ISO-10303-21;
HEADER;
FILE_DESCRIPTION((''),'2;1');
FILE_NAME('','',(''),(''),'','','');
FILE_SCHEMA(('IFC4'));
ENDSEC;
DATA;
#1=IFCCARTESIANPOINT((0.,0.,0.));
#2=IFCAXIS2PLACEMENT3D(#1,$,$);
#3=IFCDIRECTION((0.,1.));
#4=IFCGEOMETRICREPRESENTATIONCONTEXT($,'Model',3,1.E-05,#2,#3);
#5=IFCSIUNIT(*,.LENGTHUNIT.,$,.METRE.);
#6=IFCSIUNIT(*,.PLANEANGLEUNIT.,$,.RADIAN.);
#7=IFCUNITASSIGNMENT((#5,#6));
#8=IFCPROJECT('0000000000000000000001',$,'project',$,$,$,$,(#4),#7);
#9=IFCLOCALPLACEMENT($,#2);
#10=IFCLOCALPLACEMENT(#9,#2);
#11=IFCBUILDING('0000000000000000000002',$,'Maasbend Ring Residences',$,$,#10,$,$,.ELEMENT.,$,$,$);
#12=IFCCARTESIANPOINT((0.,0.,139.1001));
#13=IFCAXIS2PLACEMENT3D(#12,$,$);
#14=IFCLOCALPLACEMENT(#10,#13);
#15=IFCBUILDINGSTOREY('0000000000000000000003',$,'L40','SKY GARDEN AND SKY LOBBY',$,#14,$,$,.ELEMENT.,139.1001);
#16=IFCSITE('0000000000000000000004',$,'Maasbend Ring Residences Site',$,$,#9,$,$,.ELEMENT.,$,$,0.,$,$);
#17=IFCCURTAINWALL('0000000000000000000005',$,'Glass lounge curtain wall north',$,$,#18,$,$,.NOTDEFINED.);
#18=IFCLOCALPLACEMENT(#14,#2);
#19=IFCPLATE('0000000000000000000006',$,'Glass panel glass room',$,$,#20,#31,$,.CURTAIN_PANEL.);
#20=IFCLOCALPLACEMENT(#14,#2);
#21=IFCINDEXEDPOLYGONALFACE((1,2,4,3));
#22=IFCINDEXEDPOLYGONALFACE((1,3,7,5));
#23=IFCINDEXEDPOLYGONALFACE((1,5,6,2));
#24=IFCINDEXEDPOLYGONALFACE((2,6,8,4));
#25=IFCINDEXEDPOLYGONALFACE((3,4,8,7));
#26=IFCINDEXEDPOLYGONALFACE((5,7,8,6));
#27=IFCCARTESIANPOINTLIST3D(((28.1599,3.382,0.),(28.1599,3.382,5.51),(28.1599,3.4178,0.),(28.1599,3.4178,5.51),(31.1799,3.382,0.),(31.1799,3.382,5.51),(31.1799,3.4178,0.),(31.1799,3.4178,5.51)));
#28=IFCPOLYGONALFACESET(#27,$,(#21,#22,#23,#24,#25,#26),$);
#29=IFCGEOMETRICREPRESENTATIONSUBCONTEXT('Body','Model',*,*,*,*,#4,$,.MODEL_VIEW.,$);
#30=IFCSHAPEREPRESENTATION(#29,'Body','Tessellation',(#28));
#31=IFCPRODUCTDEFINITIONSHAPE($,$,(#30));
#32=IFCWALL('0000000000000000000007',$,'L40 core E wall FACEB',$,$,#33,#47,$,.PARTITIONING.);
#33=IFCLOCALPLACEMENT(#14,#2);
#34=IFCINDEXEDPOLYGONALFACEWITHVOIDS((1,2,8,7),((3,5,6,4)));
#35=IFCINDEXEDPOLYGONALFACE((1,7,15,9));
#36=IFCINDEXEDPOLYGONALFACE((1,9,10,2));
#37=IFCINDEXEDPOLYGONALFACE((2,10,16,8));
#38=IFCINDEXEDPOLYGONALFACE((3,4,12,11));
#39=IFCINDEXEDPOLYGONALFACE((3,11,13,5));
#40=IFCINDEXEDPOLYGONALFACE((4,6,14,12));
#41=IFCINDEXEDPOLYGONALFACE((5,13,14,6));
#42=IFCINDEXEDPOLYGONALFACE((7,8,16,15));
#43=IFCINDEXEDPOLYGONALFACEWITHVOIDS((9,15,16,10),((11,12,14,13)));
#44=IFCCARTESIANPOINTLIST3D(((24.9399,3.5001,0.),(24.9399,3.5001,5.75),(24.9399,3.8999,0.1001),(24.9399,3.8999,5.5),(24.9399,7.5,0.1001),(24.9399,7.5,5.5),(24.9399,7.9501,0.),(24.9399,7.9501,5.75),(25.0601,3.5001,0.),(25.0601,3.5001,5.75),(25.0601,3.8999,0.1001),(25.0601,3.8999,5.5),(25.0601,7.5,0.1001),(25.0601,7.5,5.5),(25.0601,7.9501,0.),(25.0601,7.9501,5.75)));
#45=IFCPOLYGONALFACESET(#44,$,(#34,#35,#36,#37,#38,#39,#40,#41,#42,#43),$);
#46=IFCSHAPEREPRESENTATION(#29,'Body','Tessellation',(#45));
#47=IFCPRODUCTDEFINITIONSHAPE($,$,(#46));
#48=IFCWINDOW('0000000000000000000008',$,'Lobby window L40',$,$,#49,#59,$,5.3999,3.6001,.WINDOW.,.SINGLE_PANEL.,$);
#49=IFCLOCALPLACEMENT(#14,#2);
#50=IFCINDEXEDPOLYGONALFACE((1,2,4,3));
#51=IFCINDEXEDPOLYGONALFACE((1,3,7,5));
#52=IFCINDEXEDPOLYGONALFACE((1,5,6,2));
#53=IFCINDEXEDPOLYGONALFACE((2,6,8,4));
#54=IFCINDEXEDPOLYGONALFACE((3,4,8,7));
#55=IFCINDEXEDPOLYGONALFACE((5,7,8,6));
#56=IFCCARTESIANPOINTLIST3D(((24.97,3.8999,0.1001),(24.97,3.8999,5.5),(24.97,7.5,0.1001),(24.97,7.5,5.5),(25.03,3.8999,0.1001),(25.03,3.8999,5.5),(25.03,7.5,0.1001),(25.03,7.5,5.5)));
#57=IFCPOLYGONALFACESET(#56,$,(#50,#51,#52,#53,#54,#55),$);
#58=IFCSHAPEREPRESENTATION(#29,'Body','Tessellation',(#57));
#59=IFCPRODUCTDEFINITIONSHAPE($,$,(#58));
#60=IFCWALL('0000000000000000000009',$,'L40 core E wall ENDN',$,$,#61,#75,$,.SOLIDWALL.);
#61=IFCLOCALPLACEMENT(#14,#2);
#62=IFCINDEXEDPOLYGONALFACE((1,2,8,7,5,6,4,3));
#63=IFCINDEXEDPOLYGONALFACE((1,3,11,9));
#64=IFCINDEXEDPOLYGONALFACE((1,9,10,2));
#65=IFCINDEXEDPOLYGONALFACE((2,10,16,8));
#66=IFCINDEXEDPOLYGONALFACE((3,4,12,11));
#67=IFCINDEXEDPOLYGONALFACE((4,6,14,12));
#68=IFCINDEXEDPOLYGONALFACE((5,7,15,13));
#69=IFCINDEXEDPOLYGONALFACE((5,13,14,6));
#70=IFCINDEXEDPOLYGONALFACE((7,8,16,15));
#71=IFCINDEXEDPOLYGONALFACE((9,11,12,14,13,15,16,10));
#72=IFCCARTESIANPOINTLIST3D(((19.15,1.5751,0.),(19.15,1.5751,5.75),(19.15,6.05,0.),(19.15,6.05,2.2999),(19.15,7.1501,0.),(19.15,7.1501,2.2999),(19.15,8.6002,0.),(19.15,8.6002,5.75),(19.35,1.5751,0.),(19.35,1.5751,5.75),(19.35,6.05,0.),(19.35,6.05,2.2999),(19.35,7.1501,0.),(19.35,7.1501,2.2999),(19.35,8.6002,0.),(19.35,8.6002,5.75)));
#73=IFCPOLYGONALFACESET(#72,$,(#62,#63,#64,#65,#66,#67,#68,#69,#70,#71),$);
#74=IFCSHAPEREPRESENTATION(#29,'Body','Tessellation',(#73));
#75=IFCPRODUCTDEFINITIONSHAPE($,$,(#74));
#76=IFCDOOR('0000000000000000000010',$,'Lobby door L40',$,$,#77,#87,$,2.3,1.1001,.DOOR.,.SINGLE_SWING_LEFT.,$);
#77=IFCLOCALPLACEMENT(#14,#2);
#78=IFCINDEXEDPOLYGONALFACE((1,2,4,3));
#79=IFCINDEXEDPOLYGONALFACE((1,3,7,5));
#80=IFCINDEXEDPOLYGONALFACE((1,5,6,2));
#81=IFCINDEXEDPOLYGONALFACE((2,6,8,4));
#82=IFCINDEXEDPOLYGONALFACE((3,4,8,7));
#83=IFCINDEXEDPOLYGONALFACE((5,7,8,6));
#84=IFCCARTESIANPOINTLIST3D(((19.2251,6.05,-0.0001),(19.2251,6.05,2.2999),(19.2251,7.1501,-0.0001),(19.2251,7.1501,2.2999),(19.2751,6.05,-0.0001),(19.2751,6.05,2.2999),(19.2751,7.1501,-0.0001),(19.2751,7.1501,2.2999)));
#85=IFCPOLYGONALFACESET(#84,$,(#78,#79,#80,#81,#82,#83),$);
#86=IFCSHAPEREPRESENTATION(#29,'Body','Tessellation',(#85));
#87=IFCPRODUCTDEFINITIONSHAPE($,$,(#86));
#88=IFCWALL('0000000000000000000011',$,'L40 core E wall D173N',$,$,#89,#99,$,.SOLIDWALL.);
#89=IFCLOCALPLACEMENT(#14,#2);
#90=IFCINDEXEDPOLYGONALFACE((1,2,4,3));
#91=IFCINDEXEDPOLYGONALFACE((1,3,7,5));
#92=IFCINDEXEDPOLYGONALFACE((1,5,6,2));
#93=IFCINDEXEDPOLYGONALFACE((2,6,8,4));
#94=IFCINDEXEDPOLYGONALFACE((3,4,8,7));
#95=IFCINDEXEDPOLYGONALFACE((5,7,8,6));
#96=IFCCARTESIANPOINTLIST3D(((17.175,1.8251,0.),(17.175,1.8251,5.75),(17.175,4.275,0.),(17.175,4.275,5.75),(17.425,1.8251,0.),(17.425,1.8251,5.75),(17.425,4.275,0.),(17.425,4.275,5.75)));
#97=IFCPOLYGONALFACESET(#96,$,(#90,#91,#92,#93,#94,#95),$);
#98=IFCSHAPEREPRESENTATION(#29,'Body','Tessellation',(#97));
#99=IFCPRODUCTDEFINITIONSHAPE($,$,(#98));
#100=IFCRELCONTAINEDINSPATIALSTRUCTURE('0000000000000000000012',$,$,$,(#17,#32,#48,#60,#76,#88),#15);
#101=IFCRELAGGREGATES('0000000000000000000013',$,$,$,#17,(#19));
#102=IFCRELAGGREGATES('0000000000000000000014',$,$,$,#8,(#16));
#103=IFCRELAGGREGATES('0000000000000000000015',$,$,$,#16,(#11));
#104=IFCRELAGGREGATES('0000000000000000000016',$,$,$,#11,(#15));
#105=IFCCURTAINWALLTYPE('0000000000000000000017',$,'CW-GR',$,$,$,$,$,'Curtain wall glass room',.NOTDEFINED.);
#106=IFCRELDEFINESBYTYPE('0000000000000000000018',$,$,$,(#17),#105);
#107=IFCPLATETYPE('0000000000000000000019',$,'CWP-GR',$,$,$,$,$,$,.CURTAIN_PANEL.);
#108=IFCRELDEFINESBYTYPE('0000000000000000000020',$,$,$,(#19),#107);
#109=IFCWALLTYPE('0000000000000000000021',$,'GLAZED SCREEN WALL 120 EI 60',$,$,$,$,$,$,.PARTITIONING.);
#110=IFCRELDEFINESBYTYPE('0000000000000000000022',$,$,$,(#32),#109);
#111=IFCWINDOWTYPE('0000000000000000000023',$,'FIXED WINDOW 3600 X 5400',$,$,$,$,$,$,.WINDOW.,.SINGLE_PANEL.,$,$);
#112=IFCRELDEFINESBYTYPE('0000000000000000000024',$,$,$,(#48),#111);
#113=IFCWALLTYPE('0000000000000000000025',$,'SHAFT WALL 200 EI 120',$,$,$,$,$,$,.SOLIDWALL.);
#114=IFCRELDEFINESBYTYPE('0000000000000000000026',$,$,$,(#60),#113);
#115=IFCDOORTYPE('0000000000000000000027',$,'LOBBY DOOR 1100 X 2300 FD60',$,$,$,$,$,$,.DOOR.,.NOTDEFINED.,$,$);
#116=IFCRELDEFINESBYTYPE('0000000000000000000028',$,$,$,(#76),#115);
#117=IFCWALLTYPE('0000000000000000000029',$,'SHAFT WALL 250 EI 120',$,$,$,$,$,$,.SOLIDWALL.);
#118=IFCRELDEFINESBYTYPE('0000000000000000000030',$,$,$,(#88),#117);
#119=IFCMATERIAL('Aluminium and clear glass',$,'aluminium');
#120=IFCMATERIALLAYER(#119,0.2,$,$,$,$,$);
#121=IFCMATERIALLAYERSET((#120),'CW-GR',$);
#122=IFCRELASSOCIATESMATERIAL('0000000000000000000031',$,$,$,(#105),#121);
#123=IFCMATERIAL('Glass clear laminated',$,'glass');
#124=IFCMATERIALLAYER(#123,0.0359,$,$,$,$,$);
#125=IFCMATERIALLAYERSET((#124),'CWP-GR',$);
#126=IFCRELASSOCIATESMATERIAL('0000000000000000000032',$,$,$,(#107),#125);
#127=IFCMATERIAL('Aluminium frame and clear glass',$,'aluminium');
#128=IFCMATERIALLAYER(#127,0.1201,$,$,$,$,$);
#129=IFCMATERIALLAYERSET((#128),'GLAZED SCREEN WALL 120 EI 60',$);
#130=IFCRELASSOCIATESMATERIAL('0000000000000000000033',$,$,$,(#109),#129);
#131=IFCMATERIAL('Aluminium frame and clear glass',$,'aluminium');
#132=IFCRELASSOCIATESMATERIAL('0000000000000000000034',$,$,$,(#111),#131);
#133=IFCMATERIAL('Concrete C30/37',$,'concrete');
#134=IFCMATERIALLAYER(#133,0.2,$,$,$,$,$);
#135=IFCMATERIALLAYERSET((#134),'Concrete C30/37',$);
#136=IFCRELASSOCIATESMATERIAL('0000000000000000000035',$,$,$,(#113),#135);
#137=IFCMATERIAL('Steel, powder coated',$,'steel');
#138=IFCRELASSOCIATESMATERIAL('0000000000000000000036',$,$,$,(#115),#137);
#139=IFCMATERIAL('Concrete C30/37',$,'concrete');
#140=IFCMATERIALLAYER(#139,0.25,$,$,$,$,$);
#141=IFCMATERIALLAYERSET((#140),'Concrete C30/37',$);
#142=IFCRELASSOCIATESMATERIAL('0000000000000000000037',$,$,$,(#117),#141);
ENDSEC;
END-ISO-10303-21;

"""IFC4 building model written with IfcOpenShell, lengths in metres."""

from ifc_helpers import new_model, si_unit, direction, frame, frame_2d, origin, origin_2d, place, context, subcontext, project, spatial, rectangle, extrude, material, layer, layer_set, type_object, element, fill, aggregate, save


model = new_model("IFC4")

# Units and contexts
model_context = context("Model", 3, precision=1e-05, world=origin(), true_north=direction((0.0, 1.0)))
body_context = subcontext(model_context, "Body", "Model", "MODEL_VIEW")
ifc_project = project(units=[si_unit("LENGTHUNIT", "METRE"), si_unit("PLANEANGLEUNIT", "RADIAN")], contexts=[model_context])

# Site, building, storey
site_placement = place(None, origin())
site = spatial("IfcSite", under=ifc_project, at=site_placement, Name="Maasbend Ring Residences Site", CompositionType="ELEMENT", RefElevation=0.0)
building_placement = place(site_placement, origin())
building = spatial("IfcBuilding", under=site, at=building_placement, Name="Maasbend Ring Residences", CompositionType="ELEMENT")
storey_placement = place(building_placement, frame((0.0, 0.0, 139.1001)))
storey = spatial("IfcBuildingStorey", under=building, at=storey_placement, Name="L40", Description="SKY GARDEN AND SKY LOBBY", CompositionType="ELEMENT", Elevation=139.1001)

# Curtain wall
ifc_material_1 = material(Name="Aluminium and clear glass", Category="aluminium")
ifc_layer_1 = layer(ifc_material_1, 0.2)
ifc_layer_set_1 = layer_set([ifc_layer_1], Name="CW-GR")
curtain_wall_type = type_object("IfcCurtainWallType", Name="CW-GR", ElementType="Curtain wall glass room", PredefinedType="NOTDEFINED", material=ifc_layer_set_1)
curtain_wall_1_placement = place(storey_placement, origin())
curtain_wall_1 = element("IfcCurtainWall", 1, at=curtain_wall_1_placement, inside=storey, type_object=curtain_wall_type, Name="Glass lounge curtain wall north", PredefinedType="NOTDEFINED")

# Plate
ifc_material_2 = material(Name="Glass clear laminated", Category="glass")
ifc_layer_2 = layer(ifc_material_2, 0.0359)
ifc_layer_set_2 = layer_set([ifc_layer_2], Name="CWP-GR")
plate_type = type_object("IfcPlateType", Name="CWP-GR", PredefinedType="CURTAIN_PANEL", material=ifc_layer_set_2)
plate_1_placement = place(storey_placement, frame((29.6699, 3.3999, 0.0), z_axis=(0.0, 0.0, 1.0), x_axis=(1.0, 0.0, 0.0)))
plate_1 = element("IfcPlate", 2, at=plate_1_placement, type_object=plate_type, Name="Glass panel glass room", PredefinedType="CURTAIN_PANEL", context=body_context, shape_type="SweptSolid", body=[
    extrude(rectangle(XDim=3.02, YDim=0.0359, at=origin_2d()), origin(), (0.0, 0.0, 1.0), 5.51),
])
aggregate(curtain_wall_1, [plate_1])

# Wall, opening, window
ifc_material_3 = material(Name="Aluminium frame and clear glass", Category="aluminium")
ifc_layer_3 = layer(ifc_material_3, 0.1201)
ifc_layer_set_3 = layer_set([ifc_layer_3], Name="GLAZED SCREEN WALL 120 EI 60")
wall_type_1 = type_object("IfcWallType", Name="GLAZED SCREEN WALL 120 EI 60", PredefinedType="PARTITIONING", material=ifc_layer_set_3)
wall_1_placement = place(storey_placement, frame((25.0, 3.5, 0.0), z_axis=(0.0, 0.0, 1.0), x_axis=(0.0, 1.0, 0.0)))
wall_1 = element("IfcWall", 3, at=wall_1_placement, inside=storey, type_object=wall_type_1, Name="L40 core E wall FACEB", PredefinedType="PARTITIONING", context=body_context, shape_type="SweptSolid", body=[
    extrude(rectangle(XDim=4.45, YDim=0.1201, at=frame_2d((2.2251, 0.0))), origin(), (0.0, 0.0, 1.0), 5.75),
])
opening_1_placement = place(wall_1_placement, frame((0.3999, 0.0, 0.1001)))
opening_1 = element("IfcOpeningElement", 4, at=opening_1_placement, cuts=wall_1, PredefinedType="OPENING", context=body_context, shape_type="SweptSolid", body=[
    extrude(rectangle(XDim=3.6001, YDim=5.3999, at=frame_2d((1.8, 2.7))), frame((0.0, 0.0701, 0.0), z_axis=(0.0, -1.0, 0.0), x_axis=(1.0, 0.0, 0.0)), (0.0, 0.0, 1.0), 0.1401),
])
ifc_material_4 = material(Name="Aluminium frame and clear glass", Category="aluminium")
window_type = type_object("IfcWindowType", Name="FIXED WINDOW 3600 X 5400", PartitioningType="SINGLE_PANEL", PredefinedType="WINDOW", material=ifc_material_4)
window_placement = place(opening_1_placement, origin())
window = element("IfcWindow", 5, at=window_placement, inside=storey, type_object=window_type, Name="Lobby window L40", OverallHeight=5.3999, OverallWidth=3.6001, PartitioningType="SINGLE_PANEL", PredefinedType="WINDOW", context=body_context, shape_type="SweptSolid", body=[
    extrude(rectangle(XDim=3.6001, YDim=5.3999, at=frame_2d((1.8, 2.7))), frame((0.0, 0.03, 0.0), z_axis=(0.0, -1.0, 0.0), x_axis=(1.0, 0.0, 0.0)), (0.0, 0.0, 1.0), 0.0601),
])
fill(opening_1, window)

# Wall, opening, door
ifc_material_5 = material(Name="Concrete C30/37", Category="concrete")
ifc_layer_4 = layer(ifc_material_5, 0.2)
ifc_layer_set_4 = layer_set([ifc_layer_4], Name="Concrete C30/37")
wall_type_2 = type_object("IfcWallType", Name="SHAFT WALL 200 EI 120", PredefinedType="SOLIDWALL", material=ifc_layer_set_4)
wall_2_placement = place(storey_placement, frame((19.25, 1.575, 0.0), z_axis=(0.0, 0.0, 1.0), x_axis=(0.0, 1.0, 0.0)))
wall_2 = element("IfcWall", 6, at=wall_2_placement, inside=storey, type_object=wall_type_2, Name="L40 core E wall ENDN", PredefinedType="SOLIDWALL", context=body_context, shape_type="SweptSolid", body=[
    extrude(rectangle(XDim=7.0251, YDim=0.2, at=frame_2d((3.5127, 0.0))), origin(), (0.0, 0.0, 1.0), 5.75),
])
opening_2_placement = place(wall_2_placement, frame((4.4751, 0.0, 0.0)))
opening_2 = element("IfcOpeningElement", 7, at=opening_2_placement, cuts=wall_2, PredefinedType="OPENING", context=body_context, shape_type="SweptSolid", body=[
    extrude(rectangle(XDim=1.1001, YDim=2.3, at=frame_2d((0.55, 1.1499))), frame((0.0, 0.1099, 0.0), z_axis=(0.0, -1.0, 0.0), x_axis=(1.0, 0.0, 0.0)), (0.0, 0.0, 1.0), 0.22),
])
ifc_material_6 = material(Name="Steel, powder coated", Category="steel")
door_type = type_object("IfcDoorType", Name="LOBBY DOOR 1100 X 2300 FD60", OperationType="NOTDEFINED", PredefinedType="DOOR", material=ifc_material_6)
door_placement = place(opening_2_placement, origin())
door = element("IfcDoor", 8, at=door_placement, inside=storey, type_object=door_type, Name="Lobby door L40", OperationType="SINGLE_SWING_LEFT", OverallHeight=2.3, OverallWidth=1.1001, PredefinedType="DOOR", context=body_context, shape_type="SweptSolid", body=[
    extrude(rectangle(XDim=1.1001, YDim=2.3, at=frame_2d((0.55, 1.1499))), frame((0.0, 0.0249, 0.0), z_axis=(0.0, -1.0, 0.0), x_axis=(1.0, 0.0, 0.0)), (0.0, 0.0, 1.0), 0.05),
])
fill(opening_2, door)

# Wall
ifc_material_7 = material(Name="Concrete C30/37", Category="concrete")
ifc_layer_5 = layer(ifc_material_7, 0.25)
ifc_layer_set_5 = layer_set([ifc_layer_5], Name="Concrete C30/37")
wall_type_3 = type_object("IfcWallType", Name="SHAFT WALL 250 EI 120", PredefinedType="SOLIDWALL", material=ifc_layer_set_5)
wall_3_placement = place(storey_placement, frame((17.3, 1.825, 0.0), z_axis=(0.0, 0.0, 1.0), x_axis=(0.0, 1.0, 0.0)))
element("IfcWall", 9, at=wall_3_placement, inside=storey, type_object=wall_type_3, Name="L40 core E wall D173N", PredefinedType="SOLIDWALL", context=body_context, shape_type="SweptSolid", body=[
    extrude(rectangle(XDim=2.45, YDim=0.25, at=frame_2d((1.2251, 0.0))), origin(), (0.0, 0.0, 1.0), 5.75),
])

save(model, "model.ifc")
